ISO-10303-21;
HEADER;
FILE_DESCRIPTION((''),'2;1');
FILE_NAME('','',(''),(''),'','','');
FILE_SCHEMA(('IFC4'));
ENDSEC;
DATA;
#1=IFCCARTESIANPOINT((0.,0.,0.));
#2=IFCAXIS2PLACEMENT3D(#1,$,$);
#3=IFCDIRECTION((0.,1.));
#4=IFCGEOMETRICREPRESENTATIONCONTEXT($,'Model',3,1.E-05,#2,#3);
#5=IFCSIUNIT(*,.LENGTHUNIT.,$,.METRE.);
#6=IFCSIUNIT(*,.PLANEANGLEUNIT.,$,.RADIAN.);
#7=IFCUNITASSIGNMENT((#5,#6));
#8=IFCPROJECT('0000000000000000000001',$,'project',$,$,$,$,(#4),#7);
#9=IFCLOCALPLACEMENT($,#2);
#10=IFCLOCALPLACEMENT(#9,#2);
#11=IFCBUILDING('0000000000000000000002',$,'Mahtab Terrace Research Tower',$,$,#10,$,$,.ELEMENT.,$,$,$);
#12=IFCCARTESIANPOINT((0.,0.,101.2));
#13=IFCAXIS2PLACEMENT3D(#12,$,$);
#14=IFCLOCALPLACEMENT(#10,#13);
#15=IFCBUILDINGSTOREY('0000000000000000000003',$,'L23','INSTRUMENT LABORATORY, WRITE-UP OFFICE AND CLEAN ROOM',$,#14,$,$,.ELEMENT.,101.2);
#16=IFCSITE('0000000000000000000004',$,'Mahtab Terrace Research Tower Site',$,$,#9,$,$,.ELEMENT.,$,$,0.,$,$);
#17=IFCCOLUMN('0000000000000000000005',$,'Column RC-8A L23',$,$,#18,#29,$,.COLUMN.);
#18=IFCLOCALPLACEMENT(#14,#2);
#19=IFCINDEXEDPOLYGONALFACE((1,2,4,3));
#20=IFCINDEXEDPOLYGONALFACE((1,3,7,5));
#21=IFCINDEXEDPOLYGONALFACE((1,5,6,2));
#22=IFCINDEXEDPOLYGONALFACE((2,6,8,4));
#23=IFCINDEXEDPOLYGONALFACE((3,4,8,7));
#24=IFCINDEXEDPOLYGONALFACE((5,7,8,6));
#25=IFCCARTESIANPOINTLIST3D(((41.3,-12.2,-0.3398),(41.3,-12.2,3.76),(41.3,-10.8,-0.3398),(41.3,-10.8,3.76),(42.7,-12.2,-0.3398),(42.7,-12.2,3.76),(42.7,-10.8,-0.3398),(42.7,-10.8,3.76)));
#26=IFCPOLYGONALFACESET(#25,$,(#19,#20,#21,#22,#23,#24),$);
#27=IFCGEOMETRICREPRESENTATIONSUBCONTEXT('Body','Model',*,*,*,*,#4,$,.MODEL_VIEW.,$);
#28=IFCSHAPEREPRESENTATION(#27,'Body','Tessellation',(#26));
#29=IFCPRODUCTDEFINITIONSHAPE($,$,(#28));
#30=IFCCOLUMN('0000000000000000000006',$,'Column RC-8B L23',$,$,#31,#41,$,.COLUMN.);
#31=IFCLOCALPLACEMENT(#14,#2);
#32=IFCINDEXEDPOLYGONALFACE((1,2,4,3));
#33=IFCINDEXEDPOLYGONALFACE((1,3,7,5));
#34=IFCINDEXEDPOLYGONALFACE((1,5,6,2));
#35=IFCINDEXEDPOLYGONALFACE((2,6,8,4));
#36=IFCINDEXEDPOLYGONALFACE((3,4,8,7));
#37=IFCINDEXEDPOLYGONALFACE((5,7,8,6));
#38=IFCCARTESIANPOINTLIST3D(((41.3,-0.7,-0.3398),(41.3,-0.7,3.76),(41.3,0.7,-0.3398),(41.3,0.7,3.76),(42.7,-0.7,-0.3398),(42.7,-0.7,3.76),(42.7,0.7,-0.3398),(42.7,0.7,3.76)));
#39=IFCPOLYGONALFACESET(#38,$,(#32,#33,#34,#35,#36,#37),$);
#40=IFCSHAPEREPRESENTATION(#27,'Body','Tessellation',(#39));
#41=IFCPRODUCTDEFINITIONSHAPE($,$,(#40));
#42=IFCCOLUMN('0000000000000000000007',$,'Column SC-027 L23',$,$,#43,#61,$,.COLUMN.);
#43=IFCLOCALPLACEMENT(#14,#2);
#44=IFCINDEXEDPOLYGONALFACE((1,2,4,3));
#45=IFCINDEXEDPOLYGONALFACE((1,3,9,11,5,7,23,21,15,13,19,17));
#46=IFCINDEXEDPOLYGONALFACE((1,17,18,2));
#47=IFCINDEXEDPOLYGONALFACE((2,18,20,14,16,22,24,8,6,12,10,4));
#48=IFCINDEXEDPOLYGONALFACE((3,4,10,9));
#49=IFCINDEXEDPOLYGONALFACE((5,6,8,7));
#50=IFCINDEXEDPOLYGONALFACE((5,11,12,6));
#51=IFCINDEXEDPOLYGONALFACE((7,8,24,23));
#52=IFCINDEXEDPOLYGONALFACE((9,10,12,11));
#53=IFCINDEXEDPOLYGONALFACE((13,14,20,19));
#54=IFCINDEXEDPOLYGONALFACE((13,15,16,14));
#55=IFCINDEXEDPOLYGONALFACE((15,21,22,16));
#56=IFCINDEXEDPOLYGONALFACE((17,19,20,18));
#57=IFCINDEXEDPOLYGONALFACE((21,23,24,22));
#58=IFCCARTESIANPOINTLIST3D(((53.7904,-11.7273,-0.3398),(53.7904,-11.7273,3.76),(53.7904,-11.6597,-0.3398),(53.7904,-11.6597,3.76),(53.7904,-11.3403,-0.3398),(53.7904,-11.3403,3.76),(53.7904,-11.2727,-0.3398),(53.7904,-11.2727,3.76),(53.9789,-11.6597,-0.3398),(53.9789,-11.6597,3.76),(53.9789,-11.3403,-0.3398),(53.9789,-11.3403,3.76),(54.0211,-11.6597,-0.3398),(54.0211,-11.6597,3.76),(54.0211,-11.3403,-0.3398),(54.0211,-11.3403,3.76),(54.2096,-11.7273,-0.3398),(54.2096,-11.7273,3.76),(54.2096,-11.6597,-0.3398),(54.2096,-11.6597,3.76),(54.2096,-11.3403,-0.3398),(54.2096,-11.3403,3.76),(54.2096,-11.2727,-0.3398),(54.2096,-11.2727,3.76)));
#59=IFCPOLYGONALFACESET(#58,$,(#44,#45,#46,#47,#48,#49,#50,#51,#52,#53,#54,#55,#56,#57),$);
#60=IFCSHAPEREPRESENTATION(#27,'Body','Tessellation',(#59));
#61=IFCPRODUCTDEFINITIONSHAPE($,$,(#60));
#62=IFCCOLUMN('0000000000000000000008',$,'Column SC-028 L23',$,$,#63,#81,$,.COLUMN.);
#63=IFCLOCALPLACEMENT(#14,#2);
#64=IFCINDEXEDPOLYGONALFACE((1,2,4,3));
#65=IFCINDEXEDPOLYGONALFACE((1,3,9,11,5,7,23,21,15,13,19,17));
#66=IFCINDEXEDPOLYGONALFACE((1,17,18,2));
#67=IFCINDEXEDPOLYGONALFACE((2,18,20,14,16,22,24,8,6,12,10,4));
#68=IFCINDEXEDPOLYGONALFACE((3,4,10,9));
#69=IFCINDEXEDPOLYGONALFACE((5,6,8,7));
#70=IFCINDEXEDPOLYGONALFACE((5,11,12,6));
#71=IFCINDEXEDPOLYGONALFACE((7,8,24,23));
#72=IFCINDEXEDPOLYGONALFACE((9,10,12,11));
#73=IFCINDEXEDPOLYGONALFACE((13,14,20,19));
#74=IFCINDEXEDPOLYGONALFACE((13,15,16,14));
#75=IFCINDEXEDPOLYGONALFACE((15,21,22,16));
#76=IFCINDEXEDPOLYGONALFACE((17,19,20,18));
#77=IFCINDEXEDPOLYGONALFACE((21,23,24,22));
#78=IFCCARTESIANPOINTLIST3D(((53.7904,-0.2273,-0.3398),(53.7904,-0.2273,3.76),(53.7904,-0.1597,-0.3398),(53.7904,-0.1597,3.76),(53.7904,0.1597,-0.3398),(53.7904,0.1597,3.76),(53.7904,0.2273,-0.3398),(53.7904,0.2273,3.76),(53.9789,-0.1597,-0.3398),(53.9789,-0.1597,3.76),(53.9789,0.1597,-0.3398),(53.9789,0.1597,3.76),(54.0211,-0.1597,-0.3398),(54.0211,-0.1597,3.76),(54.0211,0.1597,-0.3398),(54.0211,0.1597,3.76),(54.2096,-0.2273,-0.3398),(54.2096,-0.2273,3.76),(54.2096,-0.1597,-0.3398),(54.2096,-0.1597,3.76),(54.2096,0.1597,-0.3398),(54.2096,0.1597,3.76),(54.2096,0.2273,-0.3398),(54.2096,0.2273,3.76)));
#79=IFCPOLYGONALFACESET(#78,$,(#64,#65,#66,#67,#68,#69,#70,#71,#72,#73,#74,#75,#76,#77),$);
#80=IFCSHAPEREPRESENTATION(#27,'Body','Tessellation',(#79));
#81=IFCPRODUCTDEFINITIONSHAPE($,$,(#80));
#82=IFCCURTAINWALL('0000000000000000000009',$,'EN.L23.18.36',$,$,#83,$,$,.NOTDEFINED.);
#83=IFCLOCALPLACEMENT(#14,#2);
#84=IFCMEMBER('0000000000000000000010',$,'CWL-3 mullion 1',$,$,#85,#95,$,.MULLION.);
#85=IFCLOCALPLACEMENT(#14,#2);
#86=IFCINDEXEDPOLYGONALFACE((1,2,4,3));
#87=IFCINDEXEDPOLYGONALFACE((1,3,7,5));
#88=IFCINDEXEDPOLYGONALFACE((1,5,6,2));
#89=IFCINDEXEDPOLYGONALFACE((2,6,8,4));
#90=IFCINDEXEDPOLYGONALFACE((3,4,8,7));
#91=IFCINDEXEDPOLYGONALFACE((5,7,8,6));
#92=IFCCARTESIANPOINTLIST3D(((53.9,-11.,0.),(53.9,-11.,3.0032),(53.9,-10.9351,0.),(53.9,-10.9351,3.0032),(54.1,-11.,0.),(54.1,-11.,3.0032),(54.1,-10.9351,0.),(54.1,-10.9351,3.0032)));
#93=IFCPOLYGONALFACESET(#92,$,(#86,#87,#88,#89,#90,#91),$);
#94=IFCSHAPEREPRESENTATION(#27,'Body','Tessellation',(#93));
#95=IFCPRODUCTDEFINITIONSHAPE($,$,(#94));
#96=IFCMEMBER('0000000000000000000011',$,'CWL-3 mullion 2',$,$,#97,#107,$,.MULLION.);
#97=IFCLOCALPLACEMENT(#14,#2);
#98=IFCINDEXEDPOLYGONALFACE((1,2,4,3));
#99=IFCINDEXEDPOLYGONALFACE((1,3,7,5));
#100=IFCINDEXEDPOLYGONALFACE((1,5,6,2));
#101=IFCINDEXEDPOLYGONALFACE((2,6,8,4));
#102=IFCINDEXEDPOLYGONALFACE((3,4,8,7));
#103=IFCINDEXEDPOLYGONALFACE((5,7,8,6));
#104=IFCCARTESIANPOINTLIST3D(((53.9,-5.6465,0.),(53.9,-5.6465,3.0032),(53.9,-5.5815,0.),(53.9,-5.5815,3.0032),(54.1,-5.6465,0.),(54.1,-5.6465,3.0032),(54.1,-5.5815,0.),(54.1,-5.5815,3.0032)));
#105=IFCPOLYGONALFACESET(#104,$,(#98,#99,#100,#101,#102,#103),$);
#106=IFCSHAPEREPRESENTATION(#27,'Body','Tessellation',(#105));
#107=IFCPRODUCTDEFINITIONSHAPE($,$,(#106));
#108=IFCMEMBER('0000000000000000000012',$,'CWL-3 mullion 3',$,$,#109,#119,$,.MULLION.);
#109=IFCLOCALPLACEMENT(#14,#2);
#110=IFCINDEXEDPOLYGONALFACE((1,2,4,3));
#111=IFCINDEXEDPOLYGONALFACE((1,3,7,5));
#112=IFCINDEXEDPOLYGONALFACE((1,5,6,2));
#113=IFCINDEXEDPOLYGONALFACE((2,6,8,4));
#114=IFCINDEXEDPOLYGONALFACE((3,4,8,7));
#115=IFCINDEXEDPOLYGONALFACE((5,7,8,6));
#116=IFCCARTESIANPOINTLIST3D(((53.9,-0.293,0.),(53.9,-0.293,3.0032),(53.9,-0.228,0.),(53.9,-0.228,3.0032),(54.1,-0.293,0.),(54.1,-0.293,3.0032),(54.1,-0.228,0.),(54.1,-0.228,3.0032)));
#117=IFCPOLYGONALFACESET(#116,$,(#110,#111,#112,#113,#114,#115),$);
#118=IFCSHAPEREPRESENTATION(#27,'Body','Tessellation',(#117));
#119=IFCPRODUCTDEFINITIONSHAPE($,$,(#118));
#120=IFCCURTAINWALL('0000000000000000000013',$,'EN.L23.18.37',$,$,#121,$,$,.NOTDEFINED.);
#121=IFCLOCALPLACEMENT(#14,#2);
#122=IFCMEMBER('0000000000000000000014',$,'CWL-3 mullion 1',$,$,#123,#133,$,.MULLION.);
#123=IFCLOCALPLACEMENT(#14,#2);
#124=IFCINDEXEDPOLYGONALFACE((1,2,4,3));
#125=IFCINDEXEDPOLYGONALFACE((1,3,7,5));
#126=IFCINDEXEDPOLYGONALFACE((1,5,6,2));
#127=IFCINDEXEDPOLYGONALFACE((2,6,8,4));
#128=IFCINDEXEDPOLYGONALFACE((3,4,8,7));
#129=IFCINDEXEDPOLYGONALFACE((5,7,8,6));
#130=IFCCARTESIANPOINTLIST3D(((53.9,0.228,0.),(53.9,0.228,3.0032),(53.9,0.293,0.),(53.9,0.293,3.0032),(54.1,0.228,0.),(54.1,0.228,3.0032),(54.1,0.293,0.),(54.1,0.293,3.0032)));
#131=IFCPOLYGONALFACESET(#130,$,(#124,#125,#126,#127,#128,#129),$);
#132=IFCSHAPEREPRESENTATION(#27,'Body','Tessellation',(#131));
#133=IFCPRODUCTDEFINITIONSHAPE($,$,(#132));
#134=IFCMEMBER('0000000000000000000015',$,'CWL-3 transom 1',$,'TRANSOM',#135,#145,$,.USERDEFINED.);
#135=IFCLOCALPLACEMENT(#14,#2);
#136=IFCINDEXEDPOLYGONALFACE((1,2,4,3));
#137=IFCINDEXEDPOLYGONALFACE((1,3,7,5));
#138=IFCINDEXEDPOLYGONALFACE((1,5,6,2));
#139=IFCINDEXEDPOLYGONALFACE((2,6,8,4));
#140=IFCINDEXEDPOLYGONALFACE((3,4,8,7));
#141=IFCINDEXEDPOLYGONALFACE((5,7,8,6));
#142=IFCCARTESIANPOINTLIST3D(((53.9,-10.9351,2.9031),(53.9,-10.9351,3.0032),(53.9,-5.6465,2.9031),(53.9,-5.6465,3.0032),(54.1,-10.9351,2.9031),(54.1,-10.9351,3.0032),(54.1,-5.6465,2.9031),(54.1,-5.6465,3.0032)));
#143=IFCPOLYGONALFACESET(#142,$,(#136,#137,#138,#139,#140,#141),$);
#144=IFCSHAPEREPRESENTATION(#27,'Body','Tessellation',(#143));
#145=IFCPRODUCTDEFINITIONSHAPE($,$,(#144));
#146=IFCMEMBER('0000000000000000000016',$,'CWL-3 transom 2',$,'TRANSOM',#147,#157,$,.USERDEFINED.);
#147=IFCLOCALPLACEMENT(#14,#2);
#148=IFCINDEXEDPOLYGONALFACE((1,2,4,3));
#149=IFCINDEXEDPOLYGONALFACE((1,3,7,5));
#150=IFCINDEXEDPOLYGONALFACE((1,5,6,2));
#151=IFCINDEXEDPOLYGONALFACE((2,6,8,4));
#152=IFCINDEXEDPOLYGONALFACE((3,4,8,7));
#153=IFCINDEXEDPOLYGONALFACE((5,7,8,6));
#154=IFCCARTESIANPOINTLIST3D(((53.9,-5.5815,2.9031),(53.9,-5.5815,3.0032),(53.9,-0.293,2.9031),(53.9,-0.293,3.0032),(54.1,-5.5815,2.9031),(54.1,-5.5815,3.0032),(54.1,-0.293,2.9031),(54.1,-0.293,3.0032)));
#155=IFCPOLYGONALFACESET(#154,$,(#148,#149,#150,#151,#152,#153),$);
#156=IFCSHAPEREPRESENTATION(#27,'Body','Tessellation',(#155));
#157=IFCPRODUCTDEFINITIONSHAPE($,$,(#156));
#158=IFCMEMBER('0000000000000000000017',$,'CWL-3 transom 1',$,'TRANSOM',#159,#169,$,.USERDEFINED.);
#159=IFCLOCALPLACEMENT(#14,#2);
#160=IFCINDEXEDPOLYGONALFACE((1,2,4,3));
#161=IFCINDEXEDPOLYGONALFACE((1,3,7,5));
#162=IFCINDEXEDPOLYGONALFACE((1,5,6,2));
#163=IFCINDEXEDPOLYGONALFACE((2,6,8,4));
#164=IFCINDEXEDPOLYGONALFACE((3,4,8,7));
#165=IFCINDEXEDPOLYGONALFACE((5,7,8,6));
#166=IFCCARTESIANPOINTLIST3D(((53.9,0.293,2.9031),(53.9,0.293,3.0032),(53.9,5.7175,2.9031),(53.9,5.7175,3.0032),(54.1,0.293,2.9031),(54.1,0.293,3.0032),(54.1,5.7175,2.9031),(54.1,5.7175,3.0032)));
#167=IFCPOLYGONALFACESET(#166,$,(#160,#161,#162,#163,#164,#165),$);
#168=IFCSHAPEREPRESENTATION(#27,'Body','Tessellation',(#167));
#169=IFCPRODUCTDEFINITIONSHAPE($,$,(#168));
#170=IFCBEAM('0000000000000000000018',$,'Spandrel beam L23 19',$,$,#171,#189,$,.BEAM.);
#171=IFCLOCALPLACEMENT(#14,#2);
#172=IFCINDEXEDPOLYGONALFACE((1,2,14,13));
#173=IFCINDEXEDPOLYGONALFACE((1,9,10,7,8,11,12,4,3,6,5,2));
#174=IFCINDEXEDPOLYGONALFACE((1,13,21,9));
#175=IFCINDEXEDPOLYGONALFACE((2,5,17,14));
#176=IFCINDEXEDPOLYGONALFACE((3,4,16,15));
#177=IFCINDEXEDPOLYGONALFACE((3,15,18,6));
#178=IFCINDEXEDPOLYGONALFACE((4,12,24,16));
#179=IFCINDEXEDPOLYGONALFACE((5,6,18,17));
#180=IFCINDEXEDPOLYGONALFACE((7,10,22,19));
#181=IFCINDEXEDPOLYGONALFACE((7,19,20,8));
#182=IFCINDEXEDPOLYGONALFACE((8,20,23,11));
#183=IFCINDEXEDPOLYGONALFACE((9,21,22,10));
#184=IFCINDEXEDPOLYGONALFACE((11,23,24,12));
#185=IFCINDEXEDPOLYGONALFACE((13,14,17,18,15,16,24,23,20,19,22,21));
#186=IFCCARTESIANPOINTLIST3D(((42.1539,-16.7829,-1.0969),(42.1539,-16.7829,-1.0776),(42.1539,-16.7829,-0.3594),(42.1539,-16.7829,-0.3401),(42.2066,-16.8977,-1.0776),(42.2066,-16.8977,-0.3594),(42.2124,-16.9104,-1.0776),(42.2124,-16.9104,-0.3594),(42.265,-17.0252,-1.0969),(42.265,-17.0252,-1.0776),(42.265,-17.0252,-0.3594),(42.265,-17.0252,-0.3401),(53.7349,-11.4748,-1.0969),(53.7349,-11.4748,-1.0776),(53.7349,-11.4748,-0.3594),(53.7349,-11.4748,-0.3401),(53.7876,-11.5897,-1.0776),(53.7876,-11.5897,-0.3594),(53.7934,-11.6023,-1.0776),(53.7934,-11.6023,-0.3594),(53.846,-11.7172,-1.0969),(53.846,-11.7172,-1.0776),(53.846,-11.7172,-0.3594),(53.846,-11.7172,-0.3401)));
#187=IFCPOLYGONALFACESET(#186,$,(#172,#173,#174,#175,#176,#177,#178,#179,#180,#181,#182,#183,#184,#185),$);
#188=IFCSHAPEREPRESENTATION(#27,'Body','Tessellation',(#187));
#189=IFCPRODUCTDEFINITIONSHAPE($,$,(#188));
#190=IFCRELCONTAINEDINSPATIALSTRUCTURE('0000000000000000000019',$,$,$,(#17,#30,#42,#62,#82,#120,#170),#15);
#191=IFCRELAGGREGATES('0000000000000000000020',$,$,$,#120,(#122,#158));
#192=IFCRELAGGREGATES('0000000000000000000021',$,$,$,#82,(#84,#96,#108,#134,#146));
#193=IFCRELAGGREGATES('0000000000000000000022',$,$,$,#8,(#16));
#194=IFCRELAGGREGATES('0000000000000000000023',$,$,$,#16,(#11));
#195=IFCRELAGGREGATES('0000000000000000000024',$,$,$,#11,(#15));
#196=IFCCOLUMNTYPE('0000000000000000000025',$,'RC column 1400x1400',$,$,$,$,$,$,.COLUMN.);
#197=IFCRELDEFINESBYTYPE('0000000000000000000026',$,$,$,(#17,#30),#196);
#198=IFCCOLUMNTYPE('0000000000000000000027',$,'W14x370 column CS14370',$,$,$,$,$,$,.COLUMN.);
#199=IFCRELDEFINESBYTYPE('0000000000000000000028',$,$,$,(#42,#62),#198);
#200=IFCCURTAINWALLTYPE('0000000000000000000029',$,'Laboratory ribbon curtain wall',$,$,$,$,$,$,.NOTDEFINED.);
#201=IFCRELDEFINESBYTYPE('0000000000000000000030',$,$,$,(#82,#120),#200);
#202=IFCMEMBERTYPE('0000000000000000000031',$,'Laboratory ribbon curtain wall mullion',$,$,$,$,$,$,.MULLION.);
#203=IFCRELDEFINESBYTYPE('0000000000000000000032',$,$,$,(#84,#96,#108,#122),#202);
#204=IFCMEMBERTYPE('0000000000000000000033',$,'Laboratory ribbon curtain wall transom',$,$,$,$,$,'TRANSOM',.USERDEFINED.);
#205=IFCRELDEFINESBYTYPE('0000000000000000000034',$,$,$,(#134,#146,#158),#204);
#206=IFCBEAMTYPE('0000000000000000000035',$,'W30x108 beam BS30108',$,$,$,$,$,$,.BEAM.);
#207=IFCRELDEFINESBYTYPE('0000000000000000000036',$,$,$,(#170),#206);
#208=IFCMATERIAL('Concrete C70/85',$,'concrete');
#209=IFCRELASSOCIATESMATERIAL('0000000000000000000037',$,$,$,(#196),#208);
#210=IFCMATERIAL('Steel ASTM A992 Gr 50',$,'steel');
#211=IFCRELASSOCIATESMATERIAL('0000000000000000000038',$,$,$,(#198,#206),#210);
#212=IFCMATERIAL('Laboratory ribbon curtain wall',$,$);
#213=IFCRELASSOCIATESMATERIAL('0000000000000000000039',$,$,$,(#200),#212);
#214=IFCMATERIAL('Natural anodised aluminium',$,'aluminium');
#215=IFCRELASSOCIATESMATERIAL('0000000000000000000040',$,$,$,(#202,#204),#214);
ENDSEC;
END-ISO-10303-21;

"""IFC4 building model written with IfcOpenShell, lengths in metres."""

from ifc_helpers import new_model, si_unit, direction, frame, origin, origin_2d, place, context, subcontext, project, spatial, rectangle, i_section, extrude, material, material_profile, profile_set, type_object, element, aggregate, save


model = new_model("IFC4")

# Units and contexts
model_context = context("Model", 3, precision=1e-05, world=origin(), true_north=direction((0.0, 1.0)))
body_context = subcontext(model_context, "Body", "Model", "MODEL_VIEW")
ifc_project = project(units=[si_unit("LENGTHUNIT", "METRE"), si_unit("PLANEANGLEUNIT", "RADIAN")], contexts=[model_context])

# Site, building, storey
site_placement = place(None, origin())
site = spatial("IfcSite", under=ifc_project, at=site_placement, Name="Mahtab Terrace Research Tower Site", CompositionType="ELEMENT", RefElevation=0.0)
building_placement = place(site_placement, origin())
building = spatial("IfcBuilding", under=site, at=building_placement, Name="Mahtab Terrace Research Tower", CompositionType="ELEMENT")
storey_placement = place(building_placement, frame((0.0, 0.0, 101.2)))
storey = spatial("IfcBuildingStorey", under=building, at=storey_placement, Name="L23", Description="INSTRUMENT LABORATORY, WRITE-UP OFFICE AND CLEAN ROOM", CompositionType="ELEMENT", Elevation=101.2)

# Columns
ifc_material_1 = material(Name="Concrete C70/85", Category="concrete")
ifc_material_profile_1 = material_profile(ifc_material_1, rectangle(XDim=1.3999, YDim=1.3999, at=origin_2d()), Name="RC column 1400x1400")
ifc_profile_set_1 = profile_set([ifc_material_profile_1], Name="Concrete C70/85")
column_type_1 = type_object("IfcColumnType", Name="RC column 1400x1400", PredefinedType="COLUMN", material=ifc_profile_set_1)
for number, where, z_axis, x_axis, name in (
    (1, (42.0, -11.5, -0.3398), (0.0, 0.0, 1.0), (1.0, 0.0, 0.0), "Column RC-8A L23"),
    (2, (42.0, 0.0, -0.3398), (0.0, 0.0, 1.0), (1.0, 0.0, 0.0), "Column RC-8B L23"),
):
    element("IfcColumn", number, at=place(storey_placement, frame(where, z_axis=z_axis, x_axis=x_axis)), inside=storey, type_object=column_type_1, Name=name, PredefinedType="COLUMN", context=body_context, shape_type="SweptSolid", body=[
        extrude(rectangle(XDim=1.3999, YDim=1.3999, at=origin_2d()), origin(), (0.0, 0.0, 1.0), 4.0999),
    ])
ifc_material_2 = material(Name="Steel ASTM A992 Gr 50", Category="steel")
ifc_material_profile_2 = material_profile(ifc_material_2, i_section(OverallWidth=0.4192, OverallDepth=0.4546, WebThickness=0.0422, FlangeThickness=0.0676, at=origin_2d()), Name="W14X370")
ifc_profile_set_2 = profile_set([ifc_material_profile_2], Name="Steel ASTM A992 Gr 50")
column_type_2 = type_object("IfcColumnType", Name="W14x370 column CS14370", PredefinedType="COLUMN", material=ifc_profile_set_2)
for number, where, z_axis, x_axis, name in (
    (3, (54.0, -11.5, -0.3398), (0.0, 0.0, 1.0), (1.0, 0.0, 0.0), "Column SC-027 L23"),
    (4, (54.0, 0.0, -0.3398), (0.0, 0.0, 1.0), (1.0, 0.0, 0.0), "Column SC-028 L23"),
):
    element("IfcColumn", number, at=place(storey_placement, frame(where, z_axis=z_axis, x_axis=x_axis)), inside=storey, type_object=column_type_2, Name=name, PredefinedType="COLUMN", context=body_context, shape_type="SweptSolid", body=[
        extrude(i_section(OverallWidth=0.4192, OverallDepth=0.4546, WebThickness=0.0422, FlangeThickness=0.0676, at=origin_2d()), origin(), (0.0, 0.0, 1.0), 4.0999),
    ])

# Curtain wall, members
ifc_material_3 = material(Name="Laboratory ribbon curtain wall")
curtain_wall_type = type_object("IfcCurtainWallType", Name="Laboratory ribbon curtain wall", PredefinedType="NOTDEFINED", material=ifc_material_3)
curtain_wall_1_placement = place(storey_placement, origin())
curtain_wall_1 = element("IfcCurtainWall", 5, at=curtain_wall_1_placement, inside=storey, type_object=curtain_wall_type, Name="EN.L23.18.36", PredefinedType="NOTDEFINED")
ifc_material_4 = material(Name="Natural anodised aluminium", Category="aluminium")
ifc_material_profile_3 = material_profile(ifc_material_4, rectangle(XDim=0.2, YDim=0.0649, at=origin_2d()), Name="MULLION 65x200")
ifc_profile_set_3 = profile_set([ifc_material_profile_3], Name="Natural anodised aluminium")
member_type_1 = type_object("IfcMemberType", Name="Laboratory ribbon curtain wall mullion", PredefinedType="MULLION", material=ifc_profile_set_3)
member_1_placement = place(storey_placement, frame((54.0, -10.9675, 0.0), z_axis=(0.0, 0.0, 1.0), x_axis=(-1.0, 0.0, 0.0)))
member_1 = element("IfcMember", 6, at=member_1_placement, type_object=member_type_1, Name="CWL-3 mullion 1", PredefinedType="MULLION", context=body_context, shape_type="SweptSolid", body=[
    extrude(rectangle(XDim=0.2, YDim=0.0649, at=origin_2d()), origin(), (0.0, 0.0, 1.0), 3.0032),
])
member_2_placement = place(storey_placement, frame((54.0, -5.614, 0.0), z_axis=(0.0, 0.0, 1.0), x_axis=(-1.0, 0.0, 0.0)))
member_2 = element("IfcMember", 7, at=member_2_placement, type_object=member_type_1, Name="CWL-3 mullion 2", PredefinedType="MULLION", context=body_context, shape_type="SweptSolid", body=[
    extrude(rectangle(XDim=0.2, YDim=0.0649, at=origin_2d()), origin(), (0.0, 0.0, 1.0), 3.0032),
])
member_3_placement = place(storey_placement, frame((54.0, -0.2605, 0.0), z_axis=(0.0, 0.0, 1.0), x_axis=(-1.0, 0.0, 0.0)))
member_3 = element("IfcMember", 8, at=member_3_placement, type_object=member_type_1, Name="CWL-3 mullion 3", PredefinedType="MULLION", context=body_context, shape_type="SweptSolid", body=[
    extrude(rectangle(XDim=0.2, YDim=0.0649, at=origin_2d()), origin(), (0.0, 0.0, 1.0), 3.0032),
])

# Curtain wall, member
curtain_wall_2_placement = place(storey_placement, origin())
curtain_wall_2 = element("IfcCurtainWall", 9, at=curtain_wall_2_placement, inside=storey, type_object=curtain_wall_type, Name="EN.L23.18.37", PredefinedType="NOTDEFINED")
member_4_placement = place(storey_placement, frame((54.0, 0.2605, 0.0), z_axis=(0.0, 0.0, 1.0), x_axis=(-1.0, 0.0, 0.0)))
member_4 = element("IfcMember", 10, at=member_4_placement, type_object=member_type_1, Name="CWL-3 mullion 1", PredefinedType="MULLION", context=body_context, shape_type="SweptSolid", body=[
    extrude(rectangle(XDim=0.2, YDim=0.0649, at=origin_2d()), origin(), (0.0, 0.0, 1.0), 3.0032),
])

# Members
ifc_material_profile_4 = material_profile(ifc_material_4, rectangle(XDim=0.2, YDim=0.1001, at=origin_2d()), Name="TRANSOM 100x200")
ifc_profile_set_4 = profile_set([ifc_material_profile_4], Name="Natural anodised aluminium")
member_type_2 = type_object("IfcMemberType", Name="Laboratory ribbon curtain wall transom", ElementType="TRANSOM", PredefinedType="USERDEFINED", material=ifc_profile_set_4)
member_5_placement = place(storey_placement, frame((54.0, -10.9351, 2.9531), z_axis=(0.0, 1.0, 0.0), x_axis=(-1.0, 0.0, 0.0)))
member_5 = element("IfcMember", 11, at=member_5_placement, type_object=member_type_2, Name="CWL-3 transom 1", ObjectType="TRANSOM", PredefinedType="USERDEFINED", context=body_context, shape_type="SweptSolid", body=[
    extrude(rectangle(XDim=0.2, YDim=0.1001, at=origin_2d()), origin(), (0.0, 0.0, 1.0), 5.2886),
])
member_6_placement = place(storey_placement, frame((54.0, -5.5815, 2.9531), z_axis=(0.0, 1.0, 0.0), x_axis=(-1.0, 0.0, 0.0)))
member_6 = element("IfcMember", 12, at=member_6_placement, type_object=member_type_2, Name="CWL-3 transom 2", ObjectType="TRANSOM", PredefinedType="USERDEFINED", context=body_context, shape_type="SweptSolid", body=[
    extrude(rectangle(XDim=0.2, YDim=0.1001, at=origin_2d()), origin(), (0.0, 0.0, 1.0), 5.2886),
])
member_7_placement = place(storey_placement, frame((54.0, 0.293, 2.9531), z_axis=(0.0, 1.0, 0.0), x_axis=(-1.0, 0.0, 0.0)))
member_7 = element("IfcMember", 13, at=member_7_placement, type_object=member_type_2, Name="CWL-3 transom 1", ObjectType="TRANSOM", PredefinedType="USERDEFINED", context=body_context, shape_type="SweptSolid", body=[
    extrude(rectangle(XDim=0.2, YDim=0.1001, at=origin_2d()), origin(), (0.0, 0.0, 1.0), 5.4246),
])
aggregate(curtain_wall_2, [member_4, member_7])

# Beam
ifc_material_profile_5 = material_profile(ifc_material_2, i_section(OverallWidth=0.2666, OverallDepth=0.7568, WebThickness=0.0139, FlangeThickness=0.0193, at=origin_2d()), Name="W30X108")
ifc_profile_set_5 = profile_set([ifc_material_profile_5], Name="Steel ASTM A992 Gr 50")
beam_type = type_object("IfcBeamType", Name="W30x108 beam BS30108", PredefinedType="BEAM", material=ifc_profile_set_5)
beam_placement = place(storey_placement, frame((42.2095, -16.9041, -0.7185), z_axis=(0.909061, 0.416663, 0.0), x_axis=(-0.416663, 0.909061, 0.0)))
element("IfcBeam", 14, at=beam_placement, inside=storey, type_object=beam_type, Name="Spandrel beam L23 19", PredefinedType="BEAM", context=body_context, shape_type="SweptSolid", body=[
    extrude(i_section(OverallWidth=0.2666, OverallDepth=0.7568, WebThickness=0.0139, FlangeThickness=0.0193, at=origin_2d()), origin(), (0.0, 0.0, 1.0), 12.7395),
])

aggregate(curtain_wall_1, [member_1, member_2, member_3, member_5, member_6])

save(model, "model.ifc")
